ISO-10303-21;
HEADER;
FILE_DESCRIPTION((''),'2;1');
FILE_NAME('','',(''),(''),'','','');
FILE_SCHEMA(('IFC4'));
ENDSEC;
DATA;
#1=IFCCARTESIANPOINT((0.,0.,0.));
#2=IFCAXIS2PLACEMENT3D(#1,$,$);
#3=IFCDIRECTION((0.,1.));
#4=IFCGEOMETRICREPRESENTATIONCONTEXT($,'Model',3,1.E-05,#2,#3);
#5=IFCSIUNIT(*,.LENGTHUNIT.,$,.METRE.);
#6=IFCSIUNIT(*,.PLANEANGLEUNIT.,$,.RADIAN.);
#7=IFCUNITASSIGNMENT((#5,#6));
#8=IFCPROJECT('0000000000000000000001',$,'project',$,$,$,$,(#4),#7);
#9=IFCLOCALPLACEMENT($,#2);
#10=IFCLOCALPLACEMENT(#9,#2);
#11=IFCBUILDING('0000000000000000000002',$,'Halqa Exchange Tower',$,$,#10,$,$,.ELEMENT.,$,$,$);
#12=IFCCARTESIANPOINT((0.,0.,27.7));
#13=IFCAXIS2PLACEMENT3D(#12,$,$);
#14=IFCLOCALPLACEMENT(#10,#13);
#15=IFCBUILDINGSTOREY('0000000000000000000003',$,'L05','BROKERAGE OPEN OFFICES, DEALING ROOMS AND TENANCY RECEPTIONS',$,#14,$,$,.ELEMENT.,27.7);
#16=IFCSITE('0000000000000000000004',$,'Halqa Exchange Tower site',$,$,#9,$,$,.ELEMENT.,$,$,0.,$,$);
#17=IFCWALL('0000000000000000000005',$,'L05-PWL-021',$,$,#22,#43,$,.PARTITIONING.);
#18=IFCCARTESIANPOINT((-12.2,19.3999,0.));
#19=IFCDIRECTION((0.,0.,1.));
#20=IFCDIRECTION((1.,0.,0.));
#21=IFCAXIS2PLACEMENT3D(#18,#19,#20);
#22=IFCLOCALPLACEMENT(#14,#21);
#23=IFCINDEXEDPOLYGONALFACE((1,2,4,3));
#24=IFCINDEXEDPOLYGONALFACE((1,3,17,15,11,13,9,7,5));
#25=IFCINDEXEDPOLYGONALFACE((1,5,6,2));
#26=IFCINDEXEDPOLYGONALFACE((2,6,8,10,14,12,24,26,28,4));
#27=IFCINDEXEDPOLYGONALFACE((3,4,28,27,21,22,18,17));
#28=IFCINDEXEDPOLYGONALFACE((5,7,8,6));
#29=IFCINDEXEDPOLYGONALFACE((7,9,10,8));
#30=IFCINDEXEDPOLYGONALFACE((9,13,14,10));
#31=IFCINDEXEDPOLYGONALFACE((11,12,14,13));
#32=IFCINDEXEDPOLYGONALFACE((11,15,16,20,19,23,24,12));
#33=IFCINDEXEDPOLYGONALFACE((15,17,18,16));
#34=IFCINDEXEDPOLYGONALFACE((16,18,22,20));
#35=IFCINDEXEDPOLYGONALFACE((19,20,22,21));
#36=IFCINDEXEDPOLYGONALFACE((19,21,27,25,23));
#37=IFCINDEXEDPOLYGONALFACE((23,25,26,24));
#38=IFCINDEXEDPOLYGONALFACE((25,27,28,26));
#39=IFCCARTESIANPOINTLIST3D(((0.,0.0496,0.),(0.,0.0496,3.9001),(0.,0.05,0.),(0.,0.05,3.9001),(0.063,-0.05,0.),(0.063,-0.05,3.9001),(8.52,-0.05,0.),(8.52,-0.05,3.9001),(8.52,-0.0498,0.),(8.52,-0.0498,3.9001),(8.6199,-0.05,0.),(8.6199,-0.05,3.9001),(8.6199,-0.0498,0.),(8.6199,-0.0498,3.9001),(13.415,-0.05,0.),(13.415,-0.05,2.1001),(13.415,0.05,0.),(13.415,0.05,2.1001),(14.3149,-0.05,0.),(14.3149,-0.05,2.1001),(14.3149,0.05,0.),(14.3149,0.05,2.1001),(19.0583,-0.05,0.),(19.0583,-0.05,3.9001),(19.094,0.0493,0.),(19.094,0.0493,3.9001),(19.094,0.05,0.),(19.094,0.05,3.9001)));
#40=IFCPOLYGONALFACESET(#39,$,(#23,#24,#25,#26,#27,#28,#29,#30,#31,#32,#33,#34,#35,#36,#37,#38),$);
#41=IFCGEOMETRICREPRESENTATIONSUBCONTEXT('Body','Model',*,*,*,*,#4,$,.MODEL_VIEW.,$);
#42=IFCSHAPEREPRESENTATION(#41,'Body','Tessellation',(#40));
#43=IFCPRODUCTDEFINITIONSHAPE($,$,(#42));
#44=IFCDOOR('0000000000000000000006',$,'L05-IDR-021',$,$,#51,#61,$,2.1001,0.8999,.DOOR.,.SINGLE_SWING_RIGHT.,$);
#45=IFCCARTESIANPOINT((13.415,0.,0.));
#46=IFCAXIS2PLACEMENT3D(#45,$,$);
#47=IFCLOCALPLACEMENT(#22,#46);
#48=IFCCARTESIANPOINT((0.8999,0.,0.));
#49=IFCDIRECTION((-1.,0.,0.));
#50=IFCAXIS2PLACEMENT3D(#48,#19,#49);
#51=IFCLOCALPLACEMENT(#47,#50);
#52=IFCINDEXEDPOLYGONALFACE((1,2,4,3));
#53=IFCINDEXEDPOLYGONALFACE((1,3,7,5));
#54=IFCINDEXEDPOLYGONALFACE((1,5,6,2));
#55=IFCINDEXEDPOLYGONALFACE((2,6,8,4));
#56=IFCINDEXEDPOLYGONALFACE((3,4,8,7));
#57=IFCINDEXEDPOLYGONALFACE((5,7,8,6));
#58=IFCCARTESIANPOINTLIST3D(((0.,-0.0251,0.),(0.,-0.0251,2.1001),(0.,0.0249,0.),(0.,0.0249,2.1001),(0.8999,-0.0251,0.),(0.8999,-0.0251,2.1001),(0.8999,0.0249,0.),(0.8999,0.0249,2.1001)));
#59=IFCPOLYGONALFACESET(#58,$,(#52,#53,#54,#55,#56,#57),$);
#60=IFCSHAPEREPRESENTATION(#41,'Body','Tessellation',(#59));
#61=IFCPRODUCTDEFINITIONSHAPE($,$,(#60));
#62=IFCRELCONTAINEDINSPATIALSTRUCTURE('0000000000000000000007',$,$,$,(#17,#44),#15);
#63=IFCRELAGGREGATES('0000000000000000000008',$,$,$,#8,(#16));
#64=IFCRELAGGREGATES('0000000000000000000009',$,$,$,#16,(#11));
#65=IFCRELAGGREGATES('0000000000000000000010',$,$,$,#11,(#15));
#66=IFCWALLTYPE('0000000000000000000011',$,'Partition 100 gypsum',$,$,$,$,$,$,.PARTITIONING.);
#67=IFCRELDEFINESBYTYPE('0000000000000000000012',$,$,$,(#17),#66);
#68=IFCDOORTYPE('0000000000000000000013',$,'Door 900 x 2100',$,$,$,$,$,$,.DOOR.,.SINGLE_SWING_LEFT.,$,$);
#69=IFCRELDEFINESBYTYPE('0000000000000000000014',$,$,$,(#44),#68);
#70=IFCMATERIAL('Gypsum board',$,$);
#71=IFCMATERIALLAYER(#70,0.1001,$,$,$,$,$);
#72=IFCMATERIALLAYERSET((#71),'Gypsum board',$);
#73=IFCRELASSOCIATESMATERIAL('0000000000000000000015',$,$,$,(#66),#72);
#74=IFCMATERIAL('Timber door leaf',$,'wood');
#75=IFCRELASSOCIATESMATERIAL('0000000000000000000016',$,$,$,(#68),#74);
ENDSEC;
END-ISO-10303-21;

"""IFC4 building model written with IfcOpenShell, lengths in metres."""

from ifc_helpers import new_model, si_unit, direction, frame, frame_2d, origin, place, context, subcontext, project, spatial, polyline, rectangle, outline, extrude, material, layer, layer_set, type_object, element, fill, save


model = new_model("IFC4")

# Units and contexts
model_context = context("Model", 3, precision=1e-05, world=origin(), true_north=direction((0.0, 1.0)))
body_context = subcontext(model_context, "Body", "Model", "MODEL_VIEW")
ifc_project = project(units=[si_unit("LENGTHUNIT", "METRE"), si_unit("PLANEANGLEUNIT", "RADIAN")], contexts=[model_context])

# Site, building, storey
site_placement = place(None, origin())
site = spatial("IfcSite", under=ifc_project, at=site_placement, Name="Halqa Exchange Tower site", CompositionType="ELEMENT", RefElevation=0.0)
building_placement = place(site_placement, origin())
building = spatial("IfcBuilding", under=site, at=building_placement, Name="Halqa Exchange Tower", CompositionType="ELEMENT")
storey_placement = place(building_placement, frame((0.0, 0.0, 27.7)))
storey = spatial("IfcBuildingStorey", under=building, at=storey_placement, Name="L05", Description="BROKERAGE OPEN OFFICES, DEALING ROOMS AND TENANCY RECEPTIONS", CompositionType="ELEMENT", Elevation=27.7)

# Shared definitions
ifc_material_1 = material(Name="Gypsum board")
ifc_layer_1 = layer(ifc_material_1, 0.1001)
ifc_layer_set_1 = layer_set([ifc_layer_1], Name="Gypsum board")
wall_type_1 = type_object("IfcWallType", Name="Partition 100 gypsum", PredefinedType="PARTITIONING", material=ifc_layer_set_1)

# Wall, opening, door
wall_1_placement = place(storey_placement, frame((-12.2, 19.3999, 0.0), z_axis=(0.0, 0.0, 1.0), x_axis=(1.0, 0.0, 0.0)))
wall_1 = element("IfcWall", 1, at=wall_1_placement, inside=storey, type_object=wall_type_1, Name="L05-PWL-021", PredefinedType="PARTITIONING", context=body_context, shape_type="SweptSolid", body=[
    extrude(outline(polyline([(0.063, -0.05), (1.7544, -0.05), (3.4458, -0.05), (5.1372, -0.05), (6.8286, -0.05), (8.52, -0.05), (8.52, -0.0498), (8.6199, -0.0498), (8.6199, -0.05), (10.3596, -0.05), (12.0994, -0.05), (13.8391, -0.05), (15.5789, -0.05), (17.3186, -0.05), (19.0583, -0.05), (19.094, 0.0493), (19.094, 0.05), (17.1846, 0.05), (15.2751, 0.05), (13.3657, 0.05), (11.4563, 0.05), (9.5469, 0.05), (7.6377, 0.05), (5.7283, 0.05), (3.8188, 0.05), (1.9094, 0.05), (0.0, 0.05), (0.0, 0.0496), (0.063, -0.05)])), origin(), (0.0, 0.0, 1.0), 3.9001),
])
opening_1_placement = place(wall_1_placement, frame((13.415, 0.0, 0.0)))
opening_1 = element("IfcOpeningElement", 2, at=opening_1_placement, cuts=wall_1, PredefinedType="OPENING", context=body_context, shape_type="SweptSolid", body=[
    extrude(rectangle(XDim=0.8999, YDim=2.1001, at=frame_2d((0.45, 1.05))), frame((0.0, 0.062, 0.0), z_axis=(0.0, -1.0, 0.0), x_axis=(1.0, 0.0, 0.0)), (0.0, 0.0, 1.0), 0.124),
])
ifc_material_2 = material(Name="Timber door leaf", Category="wood")
door_type_1 = type_object("IfcDoorType", Name="Door 900 x 2100", OperationType="SINGLE_SWING_LEFT", PredefinedType="DOOR", material=ifc_material_2)
door_1_placement = place(opening_1_placement, frame((0.8999, 0.0, 0.0), z_axis=(0.0, 0.0, 1.0), x_axis=(-1.0, 0.0, 0.0)))
door_1 = element("IfcDoor", 3, at=door_1_placement, inside=storey, type_object=door_type_1, Name="L05-IDR-021", OperationType="SINGLE_SWING_RIGHT", OverallHeight=2.1001, OverallWidth=0.8999, PredefinedType="DOOR", context=body_context, shape_type="SweptSolid", body=[
    extrude(rectangle(XDim=0.8999, YDim=2.1001, at=frame_2d((0.45, 1.05))), frame((0.0, 0.0249, 0.0), z_axis=(0.0, -1.0, 0.0), x_axis=(1.0, 0.0, 0.0)), (0.0, 0.0, 1.0), 0.05),
])
fill(opening_1, door_1)

save(model, "model.ifc")
